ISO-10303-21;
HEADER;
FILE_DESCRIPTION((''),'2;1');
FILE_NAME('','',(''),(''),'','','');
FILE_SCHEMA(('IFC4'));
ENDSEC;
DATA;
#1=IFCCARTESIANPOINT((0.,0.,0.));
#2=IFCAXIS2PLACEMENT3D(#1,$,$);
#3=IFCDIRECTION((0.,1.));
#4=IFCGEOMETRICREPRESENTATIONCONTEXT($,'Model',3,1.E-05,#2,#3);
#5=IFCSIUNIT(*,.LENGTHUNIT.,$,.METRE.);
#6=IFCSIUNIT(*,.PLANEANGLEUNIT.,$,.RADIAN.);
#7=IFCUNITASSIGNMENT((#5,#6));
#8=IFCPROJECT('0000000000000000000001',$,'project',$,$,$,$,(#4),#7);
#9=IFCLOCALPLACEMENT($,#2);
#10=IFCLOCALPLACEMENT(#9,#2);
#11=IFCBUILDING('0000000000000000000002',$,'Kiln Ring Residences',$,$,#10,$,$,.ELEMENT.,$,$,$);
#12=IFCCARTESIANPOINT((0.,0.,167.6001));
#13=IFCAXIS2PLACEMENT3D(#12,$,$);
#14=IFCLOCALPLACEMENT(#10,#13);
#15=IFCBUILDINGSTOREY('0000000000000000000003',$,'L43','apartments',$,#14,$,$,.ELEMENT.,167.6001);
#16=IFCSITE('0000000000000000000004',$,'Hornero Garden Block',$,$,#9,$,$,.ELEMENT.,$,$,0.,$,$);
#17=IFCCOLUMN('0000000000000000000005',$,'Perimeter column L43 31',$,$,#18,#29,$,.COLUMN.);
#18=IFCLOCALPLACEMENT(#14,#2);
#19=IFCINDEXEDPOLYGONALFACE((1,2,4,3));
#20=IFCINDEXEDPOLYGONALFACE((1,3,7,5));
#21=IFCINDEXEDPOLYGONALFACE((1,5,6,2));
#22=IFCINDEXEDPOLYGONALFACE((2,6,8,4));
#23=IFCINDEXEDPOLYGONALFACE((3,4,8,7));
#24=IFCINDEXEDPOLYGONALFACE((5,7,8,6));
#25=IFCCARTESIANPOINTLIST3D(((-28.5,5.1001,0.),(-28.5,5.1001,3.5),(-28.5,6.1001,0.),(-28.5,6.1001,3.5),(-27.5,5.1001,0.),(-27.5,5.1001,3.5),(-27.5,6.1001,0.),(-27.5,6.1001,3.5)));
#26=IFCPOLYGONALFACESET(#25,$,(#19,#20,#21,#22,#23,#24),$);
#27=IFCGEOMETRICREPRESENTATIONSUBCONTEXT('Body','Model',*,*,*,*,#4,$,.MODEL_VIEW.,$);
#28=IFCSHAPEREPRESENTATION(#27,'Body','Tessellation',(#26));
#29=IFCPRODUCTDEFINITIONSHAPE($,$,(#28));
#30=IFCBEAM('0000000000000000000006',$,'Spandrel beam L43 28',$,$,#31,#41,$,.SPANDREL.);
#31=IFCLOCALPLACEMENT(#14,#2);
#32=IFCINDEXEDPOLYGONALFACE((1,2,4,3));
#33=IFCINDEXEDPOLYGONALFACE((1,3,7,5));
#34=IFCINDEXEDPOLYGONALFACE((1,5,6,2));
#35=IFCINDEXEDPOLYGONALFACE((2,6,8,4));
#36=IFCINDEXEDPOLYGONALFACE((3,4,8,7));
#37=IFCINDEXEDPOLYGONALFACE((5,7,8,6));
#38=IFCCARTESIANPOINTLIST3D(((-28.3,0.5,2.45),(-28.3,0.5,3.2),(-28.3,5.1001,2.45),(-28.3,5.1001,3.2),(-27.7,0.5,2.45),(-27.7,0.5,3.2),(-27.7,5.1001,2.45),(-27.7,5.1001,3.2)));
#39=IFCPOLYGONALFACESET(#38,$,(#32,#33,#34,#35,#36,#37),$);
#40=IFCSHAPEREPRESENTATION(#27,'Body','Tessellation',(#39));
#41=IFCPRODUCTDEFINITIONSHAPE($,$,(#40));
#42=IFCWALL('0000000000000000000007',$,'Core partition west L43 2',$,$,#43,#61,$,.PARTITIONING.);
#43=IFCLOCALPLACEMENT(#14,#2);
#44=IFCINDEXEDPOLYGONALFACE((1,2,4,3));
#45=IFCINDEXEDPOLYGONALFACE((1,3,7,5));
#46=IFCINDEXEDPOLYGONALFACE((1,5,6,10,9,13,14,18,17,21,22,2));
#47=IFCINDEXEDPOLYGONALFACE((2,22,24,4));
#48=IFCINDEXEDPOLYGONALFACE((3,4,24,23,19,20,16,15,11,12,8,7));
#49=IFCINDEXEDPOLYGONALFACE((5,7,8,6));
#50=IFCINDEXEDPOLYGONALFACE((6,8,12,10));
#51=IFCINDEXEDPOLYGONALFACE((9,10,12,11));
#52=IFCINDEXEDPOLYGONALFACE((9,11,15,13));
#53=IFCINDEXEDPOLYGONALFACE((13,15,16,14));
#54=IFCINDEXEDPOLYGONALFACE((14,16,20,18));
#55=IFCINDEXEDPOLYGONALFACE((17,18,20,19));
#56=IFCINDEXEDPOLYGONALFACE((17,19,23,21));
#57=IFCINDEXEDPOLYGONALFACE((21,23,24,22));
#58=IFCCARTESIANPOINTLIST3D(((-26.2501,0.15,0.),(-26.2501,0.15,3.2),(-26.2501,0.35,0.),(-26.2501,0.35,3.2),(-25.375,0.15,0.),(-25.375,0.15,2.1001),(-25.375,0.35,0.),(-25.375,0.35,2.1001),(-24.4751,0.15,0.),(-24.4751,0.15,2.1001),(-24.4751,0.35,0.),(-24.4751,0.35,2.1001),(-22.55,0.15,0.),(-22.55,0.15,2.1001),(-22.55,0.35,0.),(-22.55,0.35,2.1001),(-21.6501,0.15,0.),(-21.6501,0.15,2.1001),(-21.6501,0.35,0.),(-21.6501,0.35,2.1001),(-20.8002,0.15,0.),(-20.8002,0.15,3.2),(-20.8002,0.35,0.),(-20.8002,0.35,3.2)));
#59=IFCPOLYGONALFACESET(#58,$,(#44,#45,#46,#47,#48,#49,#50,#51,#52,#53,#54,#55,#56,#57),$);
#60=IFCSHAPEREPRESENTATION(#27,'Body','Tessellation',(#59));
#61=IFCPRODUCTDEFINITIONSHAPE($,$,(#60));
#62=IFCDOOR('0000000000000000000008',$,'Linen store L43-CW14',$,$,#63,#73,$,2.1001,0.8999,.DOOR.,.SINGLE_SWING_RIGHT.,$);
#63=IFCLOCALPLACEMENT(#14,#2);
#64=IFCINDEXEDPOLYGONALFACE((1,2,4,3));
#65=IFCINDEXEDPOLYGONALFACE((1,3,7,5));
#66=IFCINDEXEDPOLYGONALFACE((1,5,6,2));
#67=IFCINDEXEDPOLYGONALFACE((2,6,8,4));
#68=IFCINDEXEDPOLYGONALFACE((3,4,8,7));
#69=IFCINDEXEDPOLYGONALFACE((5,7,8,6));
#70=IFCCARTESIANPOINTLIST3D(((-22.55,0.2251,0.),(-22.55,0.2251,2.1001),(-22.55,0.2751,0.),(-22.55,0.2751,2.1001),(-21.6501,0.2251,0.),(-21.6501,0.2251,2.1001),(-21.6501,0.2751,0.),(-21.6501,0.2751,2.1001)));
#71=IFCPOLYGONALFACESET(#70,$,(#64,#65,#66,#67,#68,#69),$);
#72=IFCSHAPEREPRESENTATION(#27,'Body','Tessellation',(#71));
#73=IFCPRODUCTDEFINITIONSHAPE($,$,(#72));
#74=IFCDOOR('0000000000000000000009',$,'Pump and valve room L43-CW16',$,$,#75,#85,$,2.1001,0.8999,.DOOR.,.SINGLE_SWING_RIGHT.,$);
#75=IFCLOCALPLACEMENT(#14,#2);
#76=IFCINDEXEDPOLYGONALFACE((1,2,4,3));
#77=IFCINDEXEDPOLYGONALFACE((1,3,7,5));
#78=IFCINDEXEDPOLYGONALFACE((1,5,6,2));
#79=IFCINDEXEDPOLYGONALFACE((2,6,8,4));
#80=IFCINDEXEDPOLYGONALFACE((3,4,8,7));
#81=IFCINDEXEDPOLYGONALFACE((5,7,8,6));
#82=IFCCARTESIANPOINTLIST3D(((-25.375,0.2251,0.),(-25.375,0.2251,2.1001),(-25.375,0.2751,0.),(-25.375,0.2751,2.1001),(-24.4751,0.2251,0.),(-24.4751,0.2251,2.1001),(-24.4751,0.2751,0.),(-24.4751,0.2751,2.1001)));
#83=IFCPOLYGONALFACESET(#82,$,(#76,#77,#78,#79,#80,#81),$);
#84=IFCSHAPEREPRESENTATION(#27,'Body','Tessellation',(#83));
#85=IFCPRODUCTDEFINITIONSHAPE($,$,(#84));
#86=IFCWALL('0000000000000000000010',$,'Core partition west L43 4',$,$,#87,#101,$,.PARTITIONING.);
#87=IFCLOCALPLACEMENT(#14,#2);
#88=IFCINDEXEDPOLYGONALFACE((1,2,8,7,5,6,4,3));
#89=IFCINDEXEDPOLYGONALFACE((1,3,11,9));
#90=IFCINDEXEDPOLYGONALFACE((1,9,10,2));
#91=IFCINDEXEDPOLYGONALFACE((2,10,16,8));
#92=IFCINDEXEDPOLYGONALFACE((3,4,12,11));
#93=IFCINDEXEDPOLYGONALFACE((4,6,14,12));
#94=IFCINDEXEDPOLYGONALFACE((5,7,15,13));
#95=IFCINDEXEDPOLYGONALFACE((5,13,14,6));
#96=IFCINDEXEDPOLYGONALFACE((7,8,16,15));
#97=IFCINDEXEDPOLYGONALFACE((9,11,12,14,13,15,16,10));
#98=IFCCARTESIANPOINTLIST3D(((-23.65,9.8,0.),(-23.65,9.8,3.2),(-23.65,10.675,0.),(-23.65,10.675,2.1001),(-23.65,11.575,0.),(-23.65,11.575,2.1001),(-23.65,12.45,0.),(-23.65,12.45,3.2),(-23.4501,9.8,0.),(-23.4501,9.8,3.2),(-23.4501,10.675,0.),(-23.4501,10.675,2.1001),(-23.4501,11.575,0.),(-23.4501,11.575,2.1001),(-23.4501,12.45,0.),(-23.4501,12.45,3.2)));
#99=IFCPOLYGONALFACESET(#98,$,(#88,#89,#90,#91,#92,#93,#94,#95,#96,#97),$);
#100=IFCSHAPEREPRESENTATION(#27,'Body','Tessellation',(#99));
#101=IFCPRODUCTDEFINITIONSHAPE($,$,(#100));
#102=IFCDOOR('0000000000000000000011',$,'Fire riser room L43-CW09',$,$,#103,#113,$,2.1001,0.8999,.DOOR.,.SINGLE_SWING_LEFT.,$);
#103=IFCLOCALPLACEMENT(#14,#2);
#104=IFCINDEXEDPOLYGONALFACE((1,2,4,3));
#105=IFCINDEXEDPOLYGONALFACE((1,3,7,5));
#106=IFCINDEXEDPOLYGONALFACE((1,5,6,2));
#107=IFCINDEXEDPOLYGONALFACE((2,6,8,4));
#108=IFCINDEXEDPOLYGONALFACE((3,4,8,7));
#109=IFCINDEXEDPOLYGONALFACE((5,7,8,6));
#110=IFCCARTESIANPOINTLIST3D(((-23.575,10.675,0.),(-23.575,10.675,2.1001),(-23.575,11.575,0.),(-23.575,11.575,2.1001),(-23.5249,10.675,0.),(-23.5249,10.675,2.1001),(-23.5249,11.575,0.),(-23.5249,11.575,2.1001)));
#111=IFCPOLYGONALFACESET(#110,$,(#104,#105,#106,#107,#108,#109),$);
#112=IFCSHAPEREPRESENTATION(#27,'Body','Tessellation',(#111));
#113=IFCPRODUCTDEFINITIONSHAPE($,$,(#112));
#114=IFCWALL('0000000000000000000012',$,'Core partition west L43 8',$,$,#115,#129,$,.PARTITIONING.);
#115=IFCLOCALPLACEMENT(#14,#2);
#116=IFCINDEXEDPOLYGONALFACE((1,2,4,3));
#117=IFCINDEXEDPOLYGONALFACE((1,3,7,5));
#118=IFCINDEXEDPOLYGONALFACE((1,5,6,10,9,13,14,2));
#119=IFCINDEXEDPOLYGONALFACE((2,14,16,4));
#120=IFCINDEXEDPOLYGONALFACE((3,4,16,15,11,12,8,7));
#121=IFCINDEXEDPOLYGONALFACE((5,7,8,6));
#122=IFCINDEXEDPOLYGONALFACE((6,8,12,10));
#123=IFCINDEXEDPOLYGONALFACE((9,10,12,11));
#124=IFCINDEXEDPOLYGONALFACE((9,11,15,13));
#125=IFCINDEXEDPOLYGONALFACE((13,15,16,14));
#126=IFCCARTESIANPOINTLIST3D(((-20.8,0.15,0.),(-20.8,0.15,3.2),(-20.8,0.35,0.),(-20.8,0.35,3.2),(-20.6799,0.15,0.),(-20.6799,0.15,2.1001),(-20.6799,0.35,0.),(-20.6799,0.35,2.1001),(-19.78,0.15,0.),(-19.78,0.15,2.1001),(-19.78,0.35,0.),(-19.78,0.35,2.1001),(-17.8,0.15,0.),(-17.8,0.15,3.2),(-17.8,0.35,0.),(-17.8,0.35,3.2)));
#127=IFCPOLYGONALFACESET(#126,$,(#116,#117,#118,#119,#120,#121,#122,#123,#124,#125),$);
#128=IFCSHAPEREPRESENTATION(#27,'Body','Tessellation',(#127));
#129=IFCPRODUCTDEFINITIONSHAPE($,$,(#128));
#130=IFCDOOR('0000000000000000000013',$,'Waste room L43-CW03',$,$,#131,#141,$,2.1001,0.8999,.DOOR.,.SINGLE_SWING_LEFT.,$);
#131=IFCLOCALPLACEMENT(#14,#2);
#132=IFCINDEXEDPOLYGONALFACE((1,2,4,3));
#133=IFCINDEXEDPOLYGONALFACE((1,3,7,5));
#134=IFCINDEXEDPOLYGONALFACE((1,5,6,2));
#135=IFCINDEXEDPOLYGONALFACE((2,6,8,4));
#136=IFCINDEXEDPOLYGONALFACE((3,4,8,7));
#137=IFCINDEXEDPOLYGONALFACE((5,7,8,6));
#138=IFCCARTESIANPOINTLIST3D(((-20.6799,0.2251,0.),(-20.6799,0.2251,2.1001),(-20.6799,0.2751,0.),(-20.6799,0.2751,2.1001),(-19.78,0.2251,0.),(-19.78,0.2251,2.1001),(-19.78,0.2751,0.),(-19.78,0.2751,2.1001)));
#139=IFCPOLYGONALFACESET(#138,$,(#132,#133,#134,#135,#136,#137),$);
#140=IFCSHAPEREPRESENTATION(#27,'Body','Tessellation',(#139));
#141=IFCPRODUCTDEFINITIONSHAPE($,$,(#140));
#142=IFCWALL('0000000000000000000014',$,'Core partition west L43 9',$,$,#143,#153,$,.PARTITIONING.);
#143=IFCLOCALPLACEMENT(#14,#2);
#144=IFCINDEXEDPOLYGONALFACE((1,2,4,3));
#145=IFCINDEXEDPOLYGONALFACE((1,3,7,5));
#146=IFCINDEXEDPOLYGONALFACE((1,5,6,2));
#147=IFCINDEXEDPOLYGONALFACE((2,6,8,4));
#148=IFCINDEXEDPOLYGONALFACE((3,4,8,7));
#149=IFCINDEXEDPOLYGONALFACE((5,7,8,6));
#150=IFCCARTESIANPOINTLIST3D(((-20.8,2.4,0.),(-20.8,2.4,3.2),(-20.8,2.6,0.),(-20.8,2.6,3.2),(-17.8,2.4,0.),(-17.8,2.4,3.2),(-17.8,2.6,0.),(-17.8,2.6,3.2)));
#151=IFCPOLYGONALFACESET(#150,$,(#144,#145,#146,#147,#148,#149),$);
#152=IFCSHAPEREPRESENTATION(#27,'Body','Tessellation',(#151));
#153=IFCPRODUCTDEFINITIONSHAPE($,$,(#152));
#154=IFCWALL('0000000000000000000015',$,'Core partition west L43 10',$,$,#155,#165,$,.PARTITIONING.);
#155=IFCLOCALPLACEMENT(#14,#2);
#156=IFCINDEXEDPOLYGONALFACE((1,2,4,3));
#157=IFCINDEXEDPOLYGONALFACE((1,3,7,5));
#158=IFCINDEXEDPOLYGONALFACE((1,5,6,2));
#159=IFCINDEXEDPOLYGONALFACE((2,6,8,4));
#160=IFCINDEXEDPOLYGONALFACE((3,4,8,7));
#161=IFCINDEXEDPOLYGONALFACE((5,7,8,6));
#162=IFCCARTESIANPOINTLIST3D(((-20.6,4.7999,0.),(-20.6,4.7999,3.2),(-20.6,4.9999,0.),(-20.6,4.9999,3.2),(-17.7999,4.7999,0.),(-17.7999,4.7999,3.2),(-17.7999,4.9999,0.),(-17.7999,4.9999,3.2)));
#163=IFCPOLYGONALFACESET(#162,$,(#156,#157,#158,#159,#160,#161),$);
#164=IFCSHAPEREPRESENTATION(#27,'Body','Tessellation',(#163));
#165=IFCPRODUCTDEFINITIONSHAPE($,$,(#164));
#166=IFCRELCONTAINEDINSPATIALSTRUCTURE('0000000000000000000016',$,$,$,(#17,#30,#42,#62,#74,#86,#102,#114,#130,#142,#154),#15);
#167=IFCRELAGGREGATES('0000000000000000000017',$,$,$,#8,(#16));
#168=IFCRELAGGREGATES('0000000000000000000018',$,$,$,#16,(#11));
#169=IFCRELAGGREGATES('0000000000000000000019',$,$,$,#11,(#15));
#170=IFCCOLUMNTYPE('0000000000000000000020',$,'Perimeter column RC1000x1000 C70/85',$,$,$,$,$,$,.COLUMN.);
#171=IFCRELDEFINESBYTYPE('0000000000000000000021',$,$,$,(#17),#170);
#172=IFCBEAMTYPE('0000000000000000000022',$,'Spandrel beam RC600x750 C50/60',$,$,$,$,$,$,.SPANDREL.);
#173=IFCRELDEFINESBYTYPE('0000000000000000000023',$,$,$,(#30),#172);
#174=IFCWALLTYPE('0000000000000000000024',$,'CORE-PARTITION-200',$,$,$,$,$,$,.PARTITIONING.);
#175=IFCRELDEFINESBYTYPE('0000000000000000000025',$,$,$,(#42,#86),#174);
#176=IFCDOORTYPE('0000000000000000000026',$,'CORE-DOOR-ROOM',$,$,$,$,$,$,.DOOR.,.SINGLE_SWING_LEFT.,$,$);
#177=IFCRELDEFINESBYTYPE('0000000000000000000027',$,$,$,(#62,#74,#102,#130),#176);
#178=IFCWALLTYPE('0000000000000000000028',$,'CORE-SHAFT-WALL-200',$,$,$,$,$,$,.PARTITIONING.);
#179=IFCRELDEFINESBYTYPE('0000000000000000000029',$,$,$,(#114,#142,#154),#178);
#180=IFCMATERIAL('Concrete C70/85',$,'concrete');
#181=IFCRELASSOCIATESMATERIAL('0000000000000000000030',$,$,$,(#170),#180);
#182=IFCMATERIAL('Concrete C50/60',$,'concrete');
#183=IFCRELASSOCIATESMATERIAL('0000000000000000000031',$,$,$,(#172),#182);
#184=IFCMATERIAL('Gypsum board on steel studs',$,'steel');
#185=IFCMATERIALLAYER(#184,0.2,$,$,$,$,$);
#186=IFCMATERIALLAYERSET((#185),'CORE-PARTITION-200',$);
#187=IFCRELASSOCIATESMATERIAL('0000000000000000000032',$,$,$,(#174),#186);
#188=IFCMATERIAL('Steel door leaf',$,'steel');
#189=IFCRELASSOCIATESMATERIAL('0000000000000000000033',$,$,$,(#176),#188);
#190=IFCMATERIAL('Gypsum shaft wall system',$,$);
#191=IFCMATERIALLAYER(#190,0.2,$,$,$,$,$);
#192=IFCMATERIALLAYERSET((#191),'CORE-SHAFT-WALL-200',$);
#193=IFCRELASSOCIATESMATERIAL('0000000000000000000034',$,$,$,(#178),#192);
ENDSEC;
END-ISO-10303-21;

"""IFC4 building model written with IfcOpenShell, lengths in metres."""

from ifc_helpers import new_model, si_unit, direction, frame, frame_2d, origin, origin_2d, place, context, subcontext, project, spatial, rectangle, extrude, material, layer, layer_set, material_profile, profile_set, type_object, element, fill, save


model = new_model("IFC4")

# Units and contexts
model_context = context("Model", 3, precision=1e-05, world=origin(), true_north=direction((0.0, 1.0)))
body_context = subcontext(model_context, "Body", "Model", "MODEL_VIEW")
ifc_project = project(units=[si_unit("LENGTHUNIT", "METRE"), si_unit("PLANEANGLEUNIT", "RADIAN")], contexts=[model_context])

# Site, building, storey
site_placement = place(None, origin())
site = spatial("IfcSite", under=ifc_project, at=site_placement, Name="Hornero Garden Block", CompositionType="ELEMENT", RefElevation=0.0)
building_placement = place(site_placement, origin())
building = spatial("IfcBuilding", under=site, at=building_placement, Name="Kiln Ring Residences", CompositionType="ELEMENT")
storey_placement = place(building_placement, frame((0.0, 0.0, 167.6001)))
storey = spatial("IfcBuildingStorey", under=building, at=storey_placement, Name="L43", Description="apartments", CompositionType="ELEMENT", Elevation=167.6001)

# Column
ifc_material_1 = material(Name="Concrete C70/85", Category="concrete")
ifc_material_profile_1 = material_profile(ifc_material_1, rectangle(XDim=1.0, YDim=1.0, at=origin_2d()), Name="RC1000x1000")
ifc_profile_set_1 = profile_set([ifc_material_profile_1], Name="Concrete C70/85")
column_type = type_object("IfcColumnType", Name="Perimeter column RC1000x1000 C70/85", PredefinedType="COLUMN", material=ifc_profile_set_1)
column_placement = place(storey_placement, frame((-28.0, 5.6001, 0.0), z_axis=(0.0, 0.0, 1.0), x_axis=(1.0, 0.0, 0.0)))
element("IfcColumn", 1, at=column_placement, inside=storey, type_object=column_type, Name="Perimeter column L43 31", PredefinedType="COLUMN", context=body_context, shape_type="SweptSolid", body=[
    extrude(rectangle(XDim=1.0, YDim=1.0, at=origin_2d()), origin(), (0.0, 0.0, 1.0), 3.5),
])

# Beam
ifc_material_2 = material(Name="Concrete C50/60", Category="concrete")
ifc_material_profile_2 = material_profile(ifc_material_2, rectangle(XDim=0.6001, YDim=0.75, at=origin_2d()), Name="RC600x750")
ifc_profile_set_2 = profile_set([ifc_material_profile_2], Name="Concrete C50/60")
beam_type = type_object("IfcBeamType", Name="Spandrel beam RC600x750 C50/60", PredefinedType="SPANDREL", material=ifc_profile_set_2)
beam_placement = place(storey_placement, frame((-28.0, 5.1001, 2.825), z_axis=(0.0, -1.0, 0.0), x_axis=(1.0, 0.0, 0.0)))
element("IfcBeam", 2, at=beam_placement, inside=storey, type_object=beam_type, Name="Spandrel beam L43 28", PredefinedType="SPANDREL", context=body_context, shape_type="SweptSolid", body=[
    extrude(rectangle(XDim=0.6001, YDim=0.75, at=origin_2d()), origin(), (0.0, 0.0, 1.0), 4.6001),
])

# Wall, openings, doors
ifc_material_3 = material(Name="Gypsum board on steel studs", Category="steel")
ifc_layer_1 = layer(ifc_material_3, 0.2)
ifc_layer_set_1 = layer_set([ifc_layer_1], Name="CORE-PARTITION-200")
wall_type_1 = type_object("IfcWallType", Name="CORE-PARTITION-200", PredefinedType="PARTITIONING", material=ifc_layer_set_1)
wall_1_placement = place(storey_placement, frame((-20.8, 0.25, 0.0), z_axis=(0.0, 0.0, 1.0), x_axis=(-1.0, 0.0, 0.0)))
wall_1 = element("IfcWall", 3, at=wall_1_placement, inside=storey, type_object=wall_type_1, Name="Core partition west L43 2", PredefinedType="PARTITIONING", context=body_context, shape_type="SweptSolid", body=[
    extrude(rectangle(XDim=5.45, YDim=0.2, at=frame_2d((2.7251, 0.0))), origin(), (0.0, 0.0, 1.0), 3.2),
])
opening_1_placement = place(wall_1_placement, frame((0.8501, 0.0, 0.0)))
opening_1 = element("IfcOpeningElement", 4, at=opening_1_placement, cuts=wall_1, PredefinedType="OPENING", context=body_context, shape_type="SweptSolid", body=[
    extrude(rectangle(XDim=0.8999, YDim=2.1001, at=frame_2d((0.45, 1.05))), frame((0.0, 0.1099, 0.0), z_axis=(0.0, -1.0, 0.0), x_axis=(1.0, 0.0, 0.0)), (0.0, 0.0, 1.0), 0.22),
])
opening_2_placement = place(wall_1_placement, frame((3.675, 0.0, 0.0)))
opening_2 = element("IfcOpeningElement", 5, at=opening_2_placement, cuts=wall_1, PredefinedType="OPENING", context=body_context, shape_type="SweptSolid", body=[
    extrude(rectangle(XDim=0.8999, YDim=2.1001, at=frame_2d((0.45, 1.05))), frame((0.0, 0.1099, 0.0), z_axis=(0.0, -1.0, 0.0), x_axis=(1.0, 0.0, 0.0)), (0.0, 0.0, 1.0), 0.22),
])
ifc_material_4 = material(Name="Steel door leaf", Category="steel")
door_type = type_object("IfcDoorType", Name="CORE-DOOR-ROOM", OperationType="SINGLE_SWING_LEFT", PredefinedType="DOOR", material=ifc_material_4)
door_1_placement = place(opening_1_placement, origin())
door_1 = element("IfcDoor", 6, at=door_1_placement, inside=storey, type_object=door_type, Name="Linen store L43-CW14", OperationType="SINGLE_SWING_RIGHT", OverallHeight=2.1001, OverallWidth=0.8999, PredefinedType="DOOR", context=body_context, shape_type="SweptSolid", body=[
    extrude(rectangle(XDim=0.8999, YDim=2.1001, at=frame_2d((0.45, 1.05))), frame((0.0, 0.0249, 0.0), z_axis=(0.0, -1.0, 0.0), x_axis=(1.0, 0.0, 0.0)), (0.0, 0.0, 1.0), 0.05),
])
fill(opening_1, door_1)
door_2_placement = place(opening_2_placement, origin())
door_2 = element("IfcDoor", 7, at=door_2_placement, inside=storey, type_object=door_type, Name="Pump and valve room L43-CW16", OperationType="SINGLE_SWING_RIGHT", OverallHeight=2.1001, OverallWidth=0.8999, PredefinedType="DOOR", context=body_context, shape_type="SweptSolid", body=[
    extrude(rectangle(XDim=0.8999, YDim=2.1001, at=frame_2d((0.45, 1.05))), frame((0.0, 0.0249, 0.0), z_axis=(0.0, -1.0, 0.0), x_axis=(1.0, 0.0, 0.0)), (0.0, 0.0, 1.0), 0.05),
])
fill(opening_2, door_2)

# Walls, openings, doors
wall_2_placement = place(storey_placement, frame((-23.55, 9.8, 0.0), z_axis=(0.0, 0.0, 1.0), x_axis=(0.0, 1.0, 0.0)))
wall_2 = element("IfcWall", 8, at=wall_2_placement, inside=storey, type_object=wall_type_1, Name="Core partition west L43 4", PredefinedType="PARTITIONING", context=body_context, shape_type="SweptSolid", body=[
    extrude(rectangle(XDim=2.6499, YDim=0.2, at=frame_2d((1.325, 0.0))), origin(), (0.0, 0.0, 1.0), 3.2),
])
opening_3_placement = place(wall_2_placement, frame((0.875, 0.0, 0.0)))
opening_3 = element("IfcOpeningElement", 9, at=opening_3_placement, cuts=wall_2, PredefinedType="OPENING", context=body_context, shape_type="SweptSolid", body=[
    extrude(rectangle(XDim=0.8999, YDim=2.1001, at=frame_2d((0.45, 1.05))), frame((0.0, 0.1099, 0.0), z_axis=(0.0, -1.0, 0.0), x_axis=(1.0, 0.0, 0.0)), (0.0, 0.0, 1.0), 0.22),
])
door_3_placement = place(opening_3_placement, origin())
door_3 = element("IfcDoor", 10, at=door_3_placement, inside=storey, type_object=door_type, Name="Fire riser room L43-CW09", OperationType="SINGLE_SWING_LEFT", OverallHeight=2.1001, OverallWidth=0.8999, PredefinedType="DOOR", context=body_context, shape_type="SweptSolid", body=[
    extrude(rectangle(XDim=0.8999, YDim=2.1001, at=frame_2d((0.45, 1.05))), frame((0.0, 0.0249, 0.0), z_axis=(0.0, -1.0, 0.0), x_axis=(1.0, 0.0, 0.0)), (0.0, 0.0, 1.0), 0.05),
])
fill(opening_3, door_3)
ifc_material_5 = material(Name="Gypsum shaft wall system")
ifc_layer_2 = layer(ifc_material_5, 0.2)
ifc_layer_set_2 = layer_set([ifc_layer_2], Name="CORE-SHAFT-WALL-200")
wall_type_2 = type_object("IfcWallType", Name="CORE-SHAFT-WALL-200", PredefinedType="PARTITIONING", material=ifc_layer_set_2)
wall_3_placement = place(storey_placement, frame((-17.8, 0.25, 0.0), z_axis=(0.0, 0.0, 1.0), x_axis=(-1.0, 0.0, 0.0)))
wall_3 = element("IfcWall", 11, at=wall_3_placement, inside=storey, type_object=wall_type_2, Name="Core partition west L43 8", PredefinedType="PARTITIONING", context=body_context, shape_type="SweptSolid", body=[
    extrude(rectangle(XDim=3.0, YDim=0.2, at=frame_2d((1.5, 0.0))), origin(), (0.0, 0.0, 1.0), 3.2),
])
opening_4_placement = place(wall_3_placement, frame((1.98, 0.0, 0.0)))
opening_4 = element("IfcOpeningElement", 12, at=opening_4_placement, cuts=wall_3, PredefinedType="OPENING", context=body_context, shape_type="SweptSolid", body=[
    extrude(rectangle(XDim=0.8999, YDim=2.1001, at=frame_2d((0.45, 1.05))), frame((0.0, 0.1099, 0.0), z_axis=(0.0, -1.0, 0.0), x_axis=(1.0, 0.0, 0.0)), (0.0, 0.0, 1.0), 0.22),
])
door_4_placement = place(opening_4_placement, origin())
door_4 = element("IfcDoor", 13, at=door_4_placement, inside=storey, type_object=door_type, Name="Waste room L43-CW03", OperationType="SINGLE_SWING_LEFT", OverallHeight=2.1001, OverallWidth=0.8999, PredefinedType="DOOR", context=body_context, shape_type="SweptSolid", body=[
    extrude(rectangle(XDim=0.8999, YDim=2.1001, at=frame_2d((0.45, 1.05))), frame((0.0, 0.0249, 0.0), z_axis=(0.0, -1.0, 0.0), x_axis=(1.0, 0.0, 0.0)), (0.0, 0.0, 1.0), 0.05),
])
fill(opening_4, door_4)

# Walls
wall_4_placement = place(storey_placement, frame((-17.8, 2.5, 0.0), z_axis=(0.0, 0.0, 1.0), x_axis=(-1.0, 0.0, 0.0)))
element("IfcWall", 14, at=wall_4_placement, inside=storey, type_object=wall_type_2, Name="Core partition west L43 9", PredefinedType="PARTITIONING", context=body_context, shape_type="SweptSolid", body=[
    extrude(rectangle(XDim=3.0, YDim=0.2, at=frame_2d((1.5, 0.0))), origin(), (0.0, 0.0, 1.0), 3.2),
])
for number, where, z_axis, x_axis, name in (
    (15, (-17.8, 4.8999, 0.0), (0.0, 0.0, 1.0), (-1.0, 0.0, 0.0), "Core partition west L43 10"),
):
    element("IfcWall", number, at=place(storey_placement, frame(where, z_axis=z_axis, x_axis=x_axis)), inside=storey, type_object=wall_type_2, Name=name, PredefinedType="PARTITIONING", context=body_context, shape_type="SweptSolid", body=[
        extrude(rectangle(XDim=2.8, YDim=0.2, at=frame_2d((1.3999, 0.0))), origin(), (0.0, 0.0, 1.0), 3.2),
    ])

save(model, "model.ifc")
